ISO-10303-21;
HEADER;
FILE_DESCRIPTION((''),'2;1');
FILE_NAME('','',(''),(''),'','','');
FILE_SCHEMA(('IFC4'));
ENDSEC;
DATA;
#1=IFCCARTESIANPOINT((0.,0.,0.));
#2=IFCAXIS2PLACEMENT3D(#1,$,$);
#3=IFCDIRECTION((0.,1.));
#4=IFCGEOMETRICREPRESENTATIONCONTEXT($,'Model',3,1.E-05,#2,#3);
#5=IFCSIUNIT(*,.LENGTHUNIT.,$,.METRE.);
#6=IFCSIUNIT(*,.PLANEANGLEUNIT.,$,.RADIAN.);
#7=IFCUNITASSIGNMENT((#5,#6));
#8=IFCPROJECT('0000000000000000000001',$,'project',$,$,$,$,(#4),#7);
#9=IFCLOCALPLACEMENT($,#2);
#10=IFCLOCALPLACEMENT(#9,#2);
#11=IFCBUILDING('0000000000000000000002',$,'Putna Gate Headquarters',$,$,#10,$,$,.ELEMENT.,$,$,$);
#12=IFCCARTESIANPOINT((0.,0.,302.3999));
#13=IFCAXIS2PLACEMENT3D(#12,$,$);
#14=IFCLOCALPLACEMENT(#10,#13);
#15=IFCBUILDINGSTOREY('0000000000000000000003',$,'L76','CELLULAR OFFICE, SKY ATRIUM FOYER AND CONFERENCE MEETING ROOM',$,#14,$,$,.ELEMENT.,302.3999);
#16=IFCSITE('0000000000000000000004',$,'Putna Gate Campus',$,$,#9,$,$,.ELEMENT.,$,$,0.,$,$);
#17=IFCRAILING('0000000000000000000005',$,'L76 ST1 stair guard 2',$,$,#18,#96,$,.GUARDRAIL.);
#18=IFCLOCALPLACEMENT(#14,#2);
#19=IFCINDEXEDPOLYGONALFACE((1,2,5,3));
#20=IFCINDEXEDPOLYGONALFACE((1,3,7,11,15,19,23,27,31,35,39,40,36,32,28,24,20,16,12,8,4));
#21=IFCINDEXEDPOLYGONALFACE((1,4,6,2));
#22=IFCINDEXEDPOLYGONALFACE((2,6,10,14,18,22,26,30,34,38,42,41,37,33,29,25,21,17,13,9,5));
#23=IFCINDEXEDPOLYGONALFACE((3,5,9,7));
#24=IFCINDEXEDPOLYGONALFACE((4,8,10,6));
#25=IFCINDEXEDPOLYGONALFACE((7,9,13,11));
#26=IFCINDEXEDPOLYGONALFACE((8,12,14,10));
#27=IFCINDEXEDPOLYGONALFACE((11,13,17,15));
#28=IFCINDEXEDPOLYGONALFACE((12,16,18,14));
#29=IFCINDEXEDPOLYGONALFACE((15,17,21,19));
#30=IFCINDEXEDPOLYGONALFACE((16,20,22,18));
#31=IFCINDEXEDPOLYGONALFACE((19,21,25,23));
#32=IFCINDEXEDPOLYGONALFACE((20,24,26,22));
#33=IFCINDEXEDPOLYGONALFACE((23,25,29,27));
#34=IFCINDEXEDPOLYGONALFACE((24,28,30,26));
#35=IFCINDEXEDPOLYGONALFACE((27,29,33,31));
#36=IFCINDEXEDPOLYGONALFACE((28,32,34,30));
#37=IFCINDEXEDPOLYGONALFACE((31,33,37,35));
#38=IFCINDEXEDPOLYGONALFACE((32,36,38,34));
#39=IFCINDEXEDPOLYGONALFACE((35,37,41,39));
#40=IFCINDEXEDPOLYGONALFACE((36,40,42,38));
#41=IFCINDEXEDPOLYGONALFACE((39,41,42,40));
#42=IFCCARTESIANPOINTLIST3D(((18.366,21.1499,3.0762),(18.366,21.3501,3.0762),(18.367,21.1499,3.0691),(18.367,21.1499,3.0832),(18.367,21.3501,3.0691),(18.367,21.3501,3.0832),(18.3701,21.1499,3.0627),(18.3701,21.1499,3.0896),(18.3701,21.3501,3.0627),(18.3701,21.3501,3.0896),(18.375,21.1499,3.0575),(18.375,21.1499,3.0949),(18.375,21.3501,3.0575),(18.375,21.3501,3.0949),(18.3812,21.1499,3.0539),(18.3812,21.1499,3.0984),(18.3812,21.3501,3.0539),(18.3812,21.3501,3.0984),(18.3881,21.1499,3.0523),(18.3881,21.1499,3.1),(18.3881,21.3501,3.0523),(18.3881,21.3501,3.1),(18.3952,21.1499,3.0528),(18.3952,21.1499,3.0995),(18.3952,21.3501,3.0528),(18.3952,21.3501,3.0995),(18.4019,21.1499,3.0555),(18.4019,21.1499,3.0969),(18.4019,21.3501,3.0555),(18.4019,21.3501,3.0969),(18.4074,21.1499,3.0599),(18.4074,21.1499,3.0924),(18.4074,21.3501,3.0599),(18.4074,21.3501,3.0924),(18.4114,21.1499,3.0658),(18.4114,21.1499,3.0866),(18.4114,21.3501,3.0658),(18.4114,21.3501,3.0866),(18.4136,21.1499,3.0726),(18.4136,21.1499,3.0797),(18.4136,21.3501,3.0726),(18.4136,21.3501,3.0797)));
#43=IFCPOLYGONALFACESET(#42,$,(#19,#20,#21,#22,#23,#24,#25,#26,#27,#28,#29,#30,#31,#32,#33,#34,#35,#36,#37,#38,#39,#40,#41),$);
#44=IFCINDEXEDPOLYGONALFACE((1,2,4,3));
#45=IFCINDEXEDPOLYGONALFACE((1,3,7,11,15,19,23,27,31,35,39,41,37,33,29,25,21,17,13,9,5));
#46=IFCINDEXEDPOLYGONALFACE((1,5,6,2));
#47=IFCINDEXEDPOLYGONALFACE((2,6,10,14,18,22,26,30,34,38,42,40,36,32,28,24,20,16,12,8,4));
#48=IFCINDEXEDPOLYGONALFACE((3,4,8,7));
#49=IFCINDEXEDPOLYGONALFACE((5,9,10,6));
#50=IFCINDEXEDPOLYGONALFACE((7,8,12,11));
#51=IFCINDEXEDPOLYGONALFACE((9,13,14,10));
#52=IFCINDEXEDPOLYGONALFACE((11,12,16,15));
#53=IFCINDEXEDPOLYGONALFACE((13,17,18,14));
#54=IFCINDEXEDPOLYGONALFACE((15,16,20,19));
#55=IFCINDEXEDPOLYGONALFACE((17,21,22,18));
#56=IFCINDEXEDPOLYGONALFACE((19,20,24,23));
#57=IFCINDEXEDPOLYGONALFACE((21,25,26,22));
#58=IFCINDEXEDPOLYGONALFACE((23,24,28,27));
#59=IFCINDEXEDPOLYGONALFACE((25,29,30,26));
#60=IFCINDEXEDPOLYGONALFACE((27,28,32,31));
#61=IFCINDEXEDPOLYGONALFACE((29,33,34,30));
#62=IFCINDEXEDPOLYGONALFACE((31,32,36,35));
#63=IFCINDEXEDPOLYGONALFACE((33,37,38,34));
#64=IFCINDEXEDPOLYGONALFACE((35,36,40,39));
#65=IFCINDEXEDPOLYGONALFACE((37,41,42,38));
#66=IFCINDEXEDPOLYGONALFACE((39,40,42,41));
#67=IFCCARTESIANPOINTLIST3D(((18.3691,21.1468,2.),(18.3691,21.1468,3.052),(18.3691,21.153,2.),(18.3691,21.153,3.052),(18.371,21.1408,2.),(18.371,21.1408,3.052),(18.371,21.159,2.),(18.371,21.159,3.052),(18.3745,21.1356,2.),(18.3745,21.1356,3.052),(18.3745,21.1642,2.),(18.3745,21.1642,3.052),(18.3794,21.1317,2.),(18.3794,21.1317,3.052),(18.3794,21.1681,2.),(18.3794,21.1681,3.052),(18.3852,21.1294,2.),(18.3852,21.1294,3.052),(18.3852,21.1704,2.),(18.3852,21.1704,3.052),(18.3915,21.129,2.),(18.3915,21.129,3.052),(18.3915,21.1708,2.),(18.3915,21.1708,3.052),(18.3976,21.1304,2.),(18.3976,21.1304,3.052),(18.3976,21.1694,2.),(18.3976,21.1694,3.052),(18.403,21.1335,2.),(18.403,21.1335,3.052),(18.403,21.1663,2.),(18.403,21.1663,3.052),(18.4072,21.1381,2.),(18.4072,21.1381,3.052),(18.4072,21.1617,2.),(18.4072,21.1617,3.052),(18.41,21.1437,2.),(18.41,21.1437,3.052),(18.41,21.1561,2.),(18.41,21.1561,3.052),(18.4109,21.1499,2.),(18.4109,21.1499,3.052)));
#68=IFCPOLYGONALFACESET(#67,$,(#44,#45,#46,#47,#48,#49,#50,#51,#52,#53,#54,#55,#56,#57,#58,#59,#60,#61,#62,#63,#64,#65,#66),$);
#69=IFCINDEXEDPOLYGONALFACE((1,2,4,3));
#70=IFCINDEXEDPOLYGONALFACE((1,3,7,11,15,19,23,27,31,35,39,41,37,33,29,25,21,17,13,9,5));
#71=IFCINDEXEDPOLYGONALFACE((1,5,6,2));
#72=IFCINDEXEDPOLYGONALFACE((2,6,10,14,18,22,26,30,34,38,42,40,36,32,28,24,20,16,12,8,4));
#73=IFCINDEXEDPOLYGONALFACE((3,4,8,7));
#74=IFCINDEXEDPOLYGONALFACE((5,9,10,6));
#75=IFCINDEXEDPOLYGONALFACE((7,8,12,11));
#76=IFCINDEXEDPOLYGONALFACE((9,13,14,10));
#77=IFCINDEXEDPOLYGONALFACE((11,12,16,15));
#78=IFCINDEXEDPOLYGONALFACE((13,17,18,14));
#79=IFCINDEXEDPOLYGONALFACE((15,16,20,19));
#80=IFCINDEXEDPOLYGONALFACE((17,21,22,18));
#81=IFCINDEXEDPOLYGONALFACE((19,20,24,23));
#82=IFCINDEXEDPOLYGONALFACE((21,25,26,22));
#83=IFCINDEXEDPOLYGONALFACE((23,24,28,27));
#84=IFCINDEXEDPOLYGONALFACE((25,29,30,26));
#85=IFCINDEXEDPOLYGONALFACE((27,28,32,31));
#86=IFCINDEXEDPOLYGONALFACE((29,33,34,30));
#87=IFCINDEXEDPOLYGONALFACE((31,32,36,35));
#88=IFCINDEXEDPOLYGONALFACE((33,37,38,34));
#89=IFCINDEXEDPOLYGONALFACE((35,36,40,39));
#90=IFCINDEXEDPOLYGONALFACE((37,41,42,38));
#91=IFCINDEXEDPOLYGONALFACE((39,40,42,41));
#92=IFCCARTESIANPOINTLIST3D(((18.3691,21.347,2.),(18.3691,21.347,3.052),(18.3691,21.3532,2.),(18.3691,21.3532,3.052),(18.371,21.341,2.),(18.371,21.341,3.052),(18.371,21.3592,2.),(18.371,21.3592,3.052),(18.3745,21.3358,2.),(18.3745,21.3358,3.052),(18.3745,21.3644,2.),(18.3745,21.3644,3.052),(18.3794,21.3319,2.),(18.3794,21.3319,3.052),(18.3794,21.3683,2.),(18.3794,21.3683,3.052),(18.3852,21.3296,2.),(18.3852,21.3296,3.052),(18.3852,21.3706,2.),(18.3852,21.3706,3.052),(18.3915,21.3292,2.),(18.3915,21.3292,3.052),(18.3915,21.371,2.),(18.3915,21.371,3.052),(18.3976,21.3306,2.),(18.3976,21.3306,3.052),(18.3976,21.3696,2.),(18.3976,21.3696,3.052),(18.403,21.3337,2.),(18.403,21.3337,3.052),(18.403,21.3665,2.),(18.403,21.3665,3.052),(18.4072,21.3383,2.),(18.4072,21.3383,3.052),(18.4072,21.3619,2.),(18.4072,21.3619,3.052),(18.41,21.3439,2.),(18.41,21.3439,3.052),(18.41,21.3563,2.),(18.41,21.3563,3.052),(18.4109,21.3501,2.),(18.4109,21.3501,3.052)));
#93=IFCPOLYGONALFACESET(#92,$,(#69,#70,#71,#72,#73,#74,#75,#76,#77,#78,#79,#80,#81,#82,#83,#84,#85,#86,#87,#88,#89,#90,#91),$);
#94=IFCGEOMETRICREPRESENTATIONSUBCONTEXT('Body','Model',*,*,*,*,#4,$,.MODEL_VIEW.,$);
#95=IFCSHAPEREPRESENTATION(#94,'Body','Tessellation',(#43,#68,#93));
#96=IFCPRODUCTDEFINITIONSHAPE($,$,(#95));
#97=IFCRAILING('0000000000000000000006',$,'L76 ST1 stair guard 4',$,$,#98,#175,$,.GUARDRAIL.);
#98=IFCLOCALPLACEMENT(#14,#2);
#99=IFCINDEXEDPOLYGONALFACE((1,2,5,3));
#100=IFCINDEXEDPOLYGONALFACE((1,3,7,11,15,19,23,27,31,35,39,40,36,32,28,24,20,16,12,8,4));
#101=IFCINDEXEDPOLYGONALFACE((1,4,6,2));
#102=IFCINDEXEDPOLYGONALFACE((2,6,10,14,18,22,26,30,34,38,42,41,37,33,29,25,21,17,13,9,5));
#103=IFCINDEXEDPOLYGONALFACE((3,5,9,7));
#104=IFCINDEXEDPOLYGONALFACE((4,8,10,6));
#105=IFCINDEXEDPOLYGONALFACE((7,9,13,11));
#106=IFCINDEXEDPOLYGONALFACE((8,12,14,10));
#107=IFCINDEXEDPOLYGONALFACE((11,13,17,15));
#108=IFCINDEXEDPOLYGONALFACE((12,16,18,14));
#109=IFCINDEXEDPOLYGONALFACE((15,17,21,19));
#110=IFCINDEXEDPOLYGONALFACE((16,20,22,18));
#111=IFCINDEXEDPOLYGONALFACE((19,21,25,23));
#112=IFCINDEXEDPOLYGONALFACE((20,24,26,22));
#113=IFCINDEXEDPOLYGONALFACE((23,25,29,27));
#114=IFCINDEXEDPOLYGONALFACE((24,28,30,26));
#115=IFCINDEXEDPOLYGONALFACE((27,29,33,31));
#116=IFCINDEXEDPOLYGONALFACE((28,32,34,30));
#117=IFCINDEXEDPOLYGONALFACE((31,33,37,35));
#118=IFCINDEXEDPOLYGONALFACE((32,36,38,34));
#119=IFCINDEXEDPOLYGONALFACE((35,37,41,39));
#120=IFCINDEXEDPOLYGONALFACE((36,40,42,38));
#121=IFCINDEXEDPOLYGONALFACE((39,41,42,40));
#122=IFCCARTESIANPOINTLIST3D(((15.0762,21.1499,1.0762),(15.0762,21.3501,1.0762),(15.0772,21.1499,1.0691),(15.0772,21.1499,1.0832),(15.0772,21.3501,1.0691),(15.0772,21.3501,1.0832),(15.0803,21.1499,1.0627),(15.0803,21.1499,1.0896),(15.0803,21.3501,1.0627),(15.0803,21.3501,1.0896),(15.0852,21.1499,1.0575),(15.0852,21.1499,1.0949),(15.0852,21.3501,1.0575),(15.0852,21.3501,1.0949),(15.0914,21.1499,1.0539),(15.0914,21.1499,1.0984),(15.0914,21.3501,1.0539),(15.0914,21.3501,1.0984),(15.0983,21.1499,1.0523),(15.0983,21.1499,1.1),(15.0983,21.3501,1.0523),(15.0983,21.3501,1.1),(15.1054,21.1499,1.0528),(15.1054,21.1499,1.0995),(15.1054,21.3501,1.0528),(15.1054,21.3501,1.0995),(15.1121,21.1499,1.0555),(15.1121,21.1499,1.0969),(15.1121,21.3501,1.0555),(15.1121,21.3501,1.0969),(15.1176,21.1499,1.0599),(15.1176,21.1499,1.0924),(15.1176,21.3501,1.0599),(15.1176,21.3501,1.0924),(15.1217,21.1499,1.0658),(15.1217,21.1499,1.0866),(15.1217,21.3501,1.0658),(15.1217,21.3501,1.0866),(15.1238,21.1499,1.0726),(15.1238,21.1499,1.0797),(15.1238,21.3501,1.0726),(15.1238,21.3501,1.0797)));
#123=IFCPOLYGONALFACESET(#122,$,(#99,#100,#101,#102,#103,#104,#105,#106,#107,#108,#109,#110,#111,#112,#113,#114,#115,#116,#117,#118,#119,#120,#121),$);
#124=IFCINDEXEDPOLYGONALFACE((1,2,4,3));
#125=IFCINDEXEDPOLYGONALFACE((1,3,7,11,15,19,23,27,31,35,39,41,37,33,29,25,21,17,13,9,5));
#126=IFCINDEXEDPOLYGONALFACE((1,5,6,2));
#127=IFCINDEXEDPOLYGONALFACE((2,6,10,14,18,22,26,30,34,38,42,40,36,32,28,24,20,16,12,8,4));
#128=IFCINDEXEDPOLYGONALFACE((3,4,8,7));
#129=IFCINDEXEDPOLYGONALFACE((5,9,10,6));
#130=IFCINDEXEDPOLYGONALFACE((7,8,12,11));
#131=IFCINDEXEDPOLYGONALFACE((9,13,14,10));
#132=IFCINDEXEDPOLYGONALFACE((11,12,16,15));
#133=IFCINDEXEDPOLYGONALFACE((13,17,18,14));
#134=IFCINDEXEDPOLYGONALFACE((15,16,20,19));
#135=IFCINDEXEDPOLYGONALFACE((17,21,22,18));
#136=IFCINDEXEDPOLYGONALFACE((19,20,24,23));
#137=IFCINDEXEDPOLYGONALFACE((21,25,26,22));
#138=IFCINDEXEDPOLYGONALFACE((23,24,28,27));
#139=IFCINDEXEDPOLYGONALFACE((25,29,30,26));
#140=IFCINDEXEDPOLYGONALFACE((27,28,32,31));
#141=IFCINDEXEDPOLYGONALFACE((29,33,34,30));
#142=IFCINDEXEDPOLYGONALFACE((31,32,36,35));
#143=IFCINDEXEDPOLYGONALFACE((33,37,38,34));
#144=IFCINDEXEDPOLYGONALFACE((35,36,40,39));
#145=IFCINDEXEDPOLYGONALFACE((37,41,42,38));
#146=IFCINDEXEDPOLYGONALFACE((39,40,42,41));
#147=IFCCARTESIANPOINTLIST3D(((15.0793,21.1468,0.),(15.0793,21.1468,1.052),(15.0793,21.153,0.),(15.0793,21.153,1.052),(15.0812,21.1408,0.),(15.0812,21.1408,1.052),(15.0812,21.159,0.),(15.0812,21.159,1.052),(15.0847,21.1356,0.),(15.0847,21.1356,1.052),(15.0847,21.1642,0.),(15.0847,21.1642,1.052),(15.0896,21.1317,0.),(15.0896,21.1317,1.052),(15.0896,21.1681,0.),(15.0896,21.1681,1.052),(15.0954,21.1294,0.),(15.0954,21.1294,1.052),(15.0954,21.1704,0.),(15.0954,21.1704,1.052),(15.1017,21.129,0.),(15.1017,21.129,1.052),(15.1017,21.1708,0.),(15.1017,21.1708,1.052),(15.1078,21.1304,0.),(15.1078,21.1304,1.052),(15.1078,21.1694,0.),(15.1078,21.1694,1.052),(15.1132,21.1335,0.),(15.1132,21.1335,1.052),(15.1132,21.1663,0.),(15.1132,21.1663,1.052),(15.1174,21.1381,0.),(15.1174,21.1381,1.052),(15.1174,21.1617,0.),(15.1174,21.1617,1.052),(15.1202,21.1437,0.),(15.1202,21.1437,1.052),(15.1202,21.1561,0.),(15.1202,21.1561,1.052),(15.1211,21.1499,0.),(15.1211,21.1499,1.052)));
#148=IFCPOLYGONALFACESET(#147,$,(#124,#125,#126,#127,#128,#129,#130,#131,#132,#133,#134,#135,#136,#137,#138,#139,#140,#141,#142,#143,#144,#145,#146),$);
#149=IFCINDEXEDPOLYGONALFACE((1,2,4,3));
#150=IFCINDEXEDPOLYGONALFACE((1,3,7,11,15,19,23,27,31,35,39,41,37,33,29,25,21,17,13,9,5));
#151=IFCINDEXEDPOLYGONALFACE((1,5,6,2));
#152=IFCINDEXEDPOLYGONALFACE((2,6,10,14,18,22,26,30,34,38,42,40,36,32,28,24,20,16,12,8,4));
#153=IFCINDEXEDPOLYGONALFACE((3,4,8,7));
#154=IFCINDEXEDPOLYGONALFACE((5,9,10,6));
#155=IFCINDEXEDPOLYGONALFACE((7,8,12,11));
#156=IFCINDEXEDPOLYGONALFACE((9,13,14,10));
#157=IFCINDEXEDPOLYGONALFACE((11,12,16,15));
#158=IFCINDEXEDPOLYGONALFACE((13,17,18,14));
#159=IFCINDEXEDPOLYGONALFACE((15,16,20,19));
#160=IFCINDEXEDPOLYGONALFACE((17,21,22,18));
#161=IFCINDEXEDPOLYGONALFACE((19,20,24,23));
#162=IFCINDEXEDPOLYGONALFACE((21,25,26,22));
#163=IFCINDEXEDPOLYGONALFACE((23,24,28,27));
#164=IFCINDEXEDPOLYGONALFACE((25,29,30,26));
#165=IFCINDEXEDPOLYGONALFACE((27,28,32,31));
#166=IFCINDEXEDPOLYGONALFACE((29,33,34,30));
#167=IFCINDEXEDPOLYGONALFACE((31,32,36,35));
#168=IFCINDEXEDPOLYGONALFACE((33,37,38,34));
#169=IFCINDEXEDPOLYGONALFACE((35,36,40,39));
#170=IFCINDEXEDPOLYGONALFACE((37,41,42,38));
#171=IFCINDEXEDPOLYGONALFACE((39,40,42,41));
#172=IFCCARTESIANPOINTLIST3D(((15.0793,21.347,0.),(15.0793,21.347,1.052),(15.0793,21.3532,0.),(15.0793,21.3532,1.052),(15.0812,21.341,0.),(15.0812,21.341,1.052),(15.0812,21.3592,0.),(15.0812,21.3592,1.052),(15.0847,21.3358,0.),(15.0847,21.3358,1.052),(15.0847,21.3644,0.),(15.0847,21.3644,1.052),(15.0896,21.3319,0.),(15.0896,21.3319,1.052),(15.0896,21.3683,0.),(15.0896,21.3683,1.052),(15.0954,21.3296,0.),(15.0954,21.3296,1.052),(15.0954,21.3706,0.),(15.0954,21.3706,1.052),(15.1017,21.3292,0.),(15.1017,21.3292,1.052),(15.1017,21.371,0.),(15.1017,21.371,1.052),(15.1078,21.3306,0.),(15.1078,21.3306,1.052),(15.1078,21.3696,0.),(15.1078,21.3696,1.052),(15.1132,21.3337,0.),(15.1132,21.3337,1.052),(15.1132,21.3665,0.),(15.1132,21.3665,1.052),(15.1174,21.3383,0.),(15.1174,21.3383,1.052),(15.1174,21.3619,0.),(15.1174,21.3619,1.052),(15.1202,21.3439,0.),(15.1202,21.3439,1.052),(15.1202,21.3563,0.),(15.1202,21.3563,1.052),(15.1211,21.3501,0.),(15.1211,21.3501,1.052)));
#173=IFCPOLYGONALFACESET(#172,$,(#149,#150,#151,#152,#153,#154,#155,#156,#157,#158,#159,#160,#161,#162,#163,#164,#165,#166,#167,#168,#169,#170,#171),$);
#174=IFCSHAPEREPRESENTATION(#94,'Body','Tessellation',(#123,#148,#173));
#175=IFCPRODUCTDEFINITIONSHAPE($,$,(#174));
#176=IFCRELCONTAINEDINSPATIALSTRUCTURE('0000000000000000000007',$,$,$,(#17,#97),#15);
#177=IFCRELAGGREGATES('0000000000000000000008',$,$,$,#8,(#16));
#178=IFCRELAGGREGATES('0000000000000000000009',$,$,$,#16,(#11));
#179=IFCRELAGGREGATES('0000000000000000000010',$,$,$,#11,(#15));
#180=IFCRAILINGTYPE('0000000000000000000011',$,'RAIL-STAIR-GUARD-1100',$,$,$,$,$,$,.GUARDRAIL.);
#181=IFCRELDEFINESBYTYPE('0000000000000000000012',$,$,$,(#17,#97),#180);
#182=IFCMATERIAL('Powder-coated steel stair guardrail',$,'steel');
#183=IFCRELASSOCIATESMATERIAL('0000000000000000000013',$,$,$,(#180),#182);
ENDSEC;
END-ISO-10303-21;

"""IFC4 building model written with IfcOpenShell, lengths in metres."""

from ifc_helpers import new_model, si_unit, direction, frame, origin, origin_2d, place, context, subcontext, project, spatial, circle, extrude, material, type_object, element, save


model = new_model("IFC4")

# Units and contexts
model_context = context("Model", 3, precision=1e-05, world=origin(), true_north=direction((0.0, 1.0)))
body_context = subcontext(model_context, "Body", "Model", "MODEL_VIEW")
ifc_project = project(units=[si_unit("LENGTHUNIT", "METRE"), si_unit("PLANEANGLEUNIT", "RADIAN")], contexts=[model_context])

# Site, building, storey
site_placement = place(None, origin())
site = spatial("IfcSite", under=ifc_project, at=site_placement, Name="Putna Gate Campus", CompositionType="ELEMENT", RefElevation=0.0)
building_placement = place(site_placement, origin())
building = spatial("IfcBuilding", under=site, at=building_placement, Name="Putna Gate Headquarters", CompositionType="ELEMENT")
storey_placement = place(building_placement, frame((0.0, 0.0, 302.3999)))
storey = spatial("IfcBuildingStorey", under=building, at=storey_placement, Name="L76", Description="CELLULAR OFFICE, SKY ATRIUM FOYER AND CONFERENCE MEETING ROOM", CompositionType="ELEMENT", Elevation=302.3999)

# Railings
ifc_material_1 = material(Name="Powder-coated steel stair guardrail", Category="steel")
railing_type_1 = type_object("IfcRailingType", Name="RAIL-STAIR-GUARD-1100", PredefinedType="GUARDRAIL", material=ifc_material_1)
for number, where, name in (
    (1, (18.3899, 21.1499, 2.0), "L76 ST1 stair guard 2"),
    (2, (15.1001, 21.1499, 0.0), "L76 ST1 stair guard 4"),
):
    element("IfcRailing", number, at=place(storey_placement, frame(where)), inside=storey, type_object=railing_type_1, Name=name, PredefinedType="GUARDRAIL", context=body_context, shape_type="SweptSolid", body=[
        extrude(circle(Radius=0.0239, at=origin_2d()), frame((0.0, 0.0, 1.0762), z_axis=(0.0, 1.0, 0.0), x_axis=(-1.0, 0.0, 0.0)), (0.0, 0.0, 1.0), 0.2002),
        extrude(circle(Radius=0.021, at=origin_2d()), origin(), (0.0, 0.0, 1.0), 1.052),
        extrude(circle(Radius=0.021, at=origin_2d()), frame((0.0, 0.2002, 0.0)), (0.0, 0.0, 1.0), 1.052),
    ])

save(model, "model.ifc")
